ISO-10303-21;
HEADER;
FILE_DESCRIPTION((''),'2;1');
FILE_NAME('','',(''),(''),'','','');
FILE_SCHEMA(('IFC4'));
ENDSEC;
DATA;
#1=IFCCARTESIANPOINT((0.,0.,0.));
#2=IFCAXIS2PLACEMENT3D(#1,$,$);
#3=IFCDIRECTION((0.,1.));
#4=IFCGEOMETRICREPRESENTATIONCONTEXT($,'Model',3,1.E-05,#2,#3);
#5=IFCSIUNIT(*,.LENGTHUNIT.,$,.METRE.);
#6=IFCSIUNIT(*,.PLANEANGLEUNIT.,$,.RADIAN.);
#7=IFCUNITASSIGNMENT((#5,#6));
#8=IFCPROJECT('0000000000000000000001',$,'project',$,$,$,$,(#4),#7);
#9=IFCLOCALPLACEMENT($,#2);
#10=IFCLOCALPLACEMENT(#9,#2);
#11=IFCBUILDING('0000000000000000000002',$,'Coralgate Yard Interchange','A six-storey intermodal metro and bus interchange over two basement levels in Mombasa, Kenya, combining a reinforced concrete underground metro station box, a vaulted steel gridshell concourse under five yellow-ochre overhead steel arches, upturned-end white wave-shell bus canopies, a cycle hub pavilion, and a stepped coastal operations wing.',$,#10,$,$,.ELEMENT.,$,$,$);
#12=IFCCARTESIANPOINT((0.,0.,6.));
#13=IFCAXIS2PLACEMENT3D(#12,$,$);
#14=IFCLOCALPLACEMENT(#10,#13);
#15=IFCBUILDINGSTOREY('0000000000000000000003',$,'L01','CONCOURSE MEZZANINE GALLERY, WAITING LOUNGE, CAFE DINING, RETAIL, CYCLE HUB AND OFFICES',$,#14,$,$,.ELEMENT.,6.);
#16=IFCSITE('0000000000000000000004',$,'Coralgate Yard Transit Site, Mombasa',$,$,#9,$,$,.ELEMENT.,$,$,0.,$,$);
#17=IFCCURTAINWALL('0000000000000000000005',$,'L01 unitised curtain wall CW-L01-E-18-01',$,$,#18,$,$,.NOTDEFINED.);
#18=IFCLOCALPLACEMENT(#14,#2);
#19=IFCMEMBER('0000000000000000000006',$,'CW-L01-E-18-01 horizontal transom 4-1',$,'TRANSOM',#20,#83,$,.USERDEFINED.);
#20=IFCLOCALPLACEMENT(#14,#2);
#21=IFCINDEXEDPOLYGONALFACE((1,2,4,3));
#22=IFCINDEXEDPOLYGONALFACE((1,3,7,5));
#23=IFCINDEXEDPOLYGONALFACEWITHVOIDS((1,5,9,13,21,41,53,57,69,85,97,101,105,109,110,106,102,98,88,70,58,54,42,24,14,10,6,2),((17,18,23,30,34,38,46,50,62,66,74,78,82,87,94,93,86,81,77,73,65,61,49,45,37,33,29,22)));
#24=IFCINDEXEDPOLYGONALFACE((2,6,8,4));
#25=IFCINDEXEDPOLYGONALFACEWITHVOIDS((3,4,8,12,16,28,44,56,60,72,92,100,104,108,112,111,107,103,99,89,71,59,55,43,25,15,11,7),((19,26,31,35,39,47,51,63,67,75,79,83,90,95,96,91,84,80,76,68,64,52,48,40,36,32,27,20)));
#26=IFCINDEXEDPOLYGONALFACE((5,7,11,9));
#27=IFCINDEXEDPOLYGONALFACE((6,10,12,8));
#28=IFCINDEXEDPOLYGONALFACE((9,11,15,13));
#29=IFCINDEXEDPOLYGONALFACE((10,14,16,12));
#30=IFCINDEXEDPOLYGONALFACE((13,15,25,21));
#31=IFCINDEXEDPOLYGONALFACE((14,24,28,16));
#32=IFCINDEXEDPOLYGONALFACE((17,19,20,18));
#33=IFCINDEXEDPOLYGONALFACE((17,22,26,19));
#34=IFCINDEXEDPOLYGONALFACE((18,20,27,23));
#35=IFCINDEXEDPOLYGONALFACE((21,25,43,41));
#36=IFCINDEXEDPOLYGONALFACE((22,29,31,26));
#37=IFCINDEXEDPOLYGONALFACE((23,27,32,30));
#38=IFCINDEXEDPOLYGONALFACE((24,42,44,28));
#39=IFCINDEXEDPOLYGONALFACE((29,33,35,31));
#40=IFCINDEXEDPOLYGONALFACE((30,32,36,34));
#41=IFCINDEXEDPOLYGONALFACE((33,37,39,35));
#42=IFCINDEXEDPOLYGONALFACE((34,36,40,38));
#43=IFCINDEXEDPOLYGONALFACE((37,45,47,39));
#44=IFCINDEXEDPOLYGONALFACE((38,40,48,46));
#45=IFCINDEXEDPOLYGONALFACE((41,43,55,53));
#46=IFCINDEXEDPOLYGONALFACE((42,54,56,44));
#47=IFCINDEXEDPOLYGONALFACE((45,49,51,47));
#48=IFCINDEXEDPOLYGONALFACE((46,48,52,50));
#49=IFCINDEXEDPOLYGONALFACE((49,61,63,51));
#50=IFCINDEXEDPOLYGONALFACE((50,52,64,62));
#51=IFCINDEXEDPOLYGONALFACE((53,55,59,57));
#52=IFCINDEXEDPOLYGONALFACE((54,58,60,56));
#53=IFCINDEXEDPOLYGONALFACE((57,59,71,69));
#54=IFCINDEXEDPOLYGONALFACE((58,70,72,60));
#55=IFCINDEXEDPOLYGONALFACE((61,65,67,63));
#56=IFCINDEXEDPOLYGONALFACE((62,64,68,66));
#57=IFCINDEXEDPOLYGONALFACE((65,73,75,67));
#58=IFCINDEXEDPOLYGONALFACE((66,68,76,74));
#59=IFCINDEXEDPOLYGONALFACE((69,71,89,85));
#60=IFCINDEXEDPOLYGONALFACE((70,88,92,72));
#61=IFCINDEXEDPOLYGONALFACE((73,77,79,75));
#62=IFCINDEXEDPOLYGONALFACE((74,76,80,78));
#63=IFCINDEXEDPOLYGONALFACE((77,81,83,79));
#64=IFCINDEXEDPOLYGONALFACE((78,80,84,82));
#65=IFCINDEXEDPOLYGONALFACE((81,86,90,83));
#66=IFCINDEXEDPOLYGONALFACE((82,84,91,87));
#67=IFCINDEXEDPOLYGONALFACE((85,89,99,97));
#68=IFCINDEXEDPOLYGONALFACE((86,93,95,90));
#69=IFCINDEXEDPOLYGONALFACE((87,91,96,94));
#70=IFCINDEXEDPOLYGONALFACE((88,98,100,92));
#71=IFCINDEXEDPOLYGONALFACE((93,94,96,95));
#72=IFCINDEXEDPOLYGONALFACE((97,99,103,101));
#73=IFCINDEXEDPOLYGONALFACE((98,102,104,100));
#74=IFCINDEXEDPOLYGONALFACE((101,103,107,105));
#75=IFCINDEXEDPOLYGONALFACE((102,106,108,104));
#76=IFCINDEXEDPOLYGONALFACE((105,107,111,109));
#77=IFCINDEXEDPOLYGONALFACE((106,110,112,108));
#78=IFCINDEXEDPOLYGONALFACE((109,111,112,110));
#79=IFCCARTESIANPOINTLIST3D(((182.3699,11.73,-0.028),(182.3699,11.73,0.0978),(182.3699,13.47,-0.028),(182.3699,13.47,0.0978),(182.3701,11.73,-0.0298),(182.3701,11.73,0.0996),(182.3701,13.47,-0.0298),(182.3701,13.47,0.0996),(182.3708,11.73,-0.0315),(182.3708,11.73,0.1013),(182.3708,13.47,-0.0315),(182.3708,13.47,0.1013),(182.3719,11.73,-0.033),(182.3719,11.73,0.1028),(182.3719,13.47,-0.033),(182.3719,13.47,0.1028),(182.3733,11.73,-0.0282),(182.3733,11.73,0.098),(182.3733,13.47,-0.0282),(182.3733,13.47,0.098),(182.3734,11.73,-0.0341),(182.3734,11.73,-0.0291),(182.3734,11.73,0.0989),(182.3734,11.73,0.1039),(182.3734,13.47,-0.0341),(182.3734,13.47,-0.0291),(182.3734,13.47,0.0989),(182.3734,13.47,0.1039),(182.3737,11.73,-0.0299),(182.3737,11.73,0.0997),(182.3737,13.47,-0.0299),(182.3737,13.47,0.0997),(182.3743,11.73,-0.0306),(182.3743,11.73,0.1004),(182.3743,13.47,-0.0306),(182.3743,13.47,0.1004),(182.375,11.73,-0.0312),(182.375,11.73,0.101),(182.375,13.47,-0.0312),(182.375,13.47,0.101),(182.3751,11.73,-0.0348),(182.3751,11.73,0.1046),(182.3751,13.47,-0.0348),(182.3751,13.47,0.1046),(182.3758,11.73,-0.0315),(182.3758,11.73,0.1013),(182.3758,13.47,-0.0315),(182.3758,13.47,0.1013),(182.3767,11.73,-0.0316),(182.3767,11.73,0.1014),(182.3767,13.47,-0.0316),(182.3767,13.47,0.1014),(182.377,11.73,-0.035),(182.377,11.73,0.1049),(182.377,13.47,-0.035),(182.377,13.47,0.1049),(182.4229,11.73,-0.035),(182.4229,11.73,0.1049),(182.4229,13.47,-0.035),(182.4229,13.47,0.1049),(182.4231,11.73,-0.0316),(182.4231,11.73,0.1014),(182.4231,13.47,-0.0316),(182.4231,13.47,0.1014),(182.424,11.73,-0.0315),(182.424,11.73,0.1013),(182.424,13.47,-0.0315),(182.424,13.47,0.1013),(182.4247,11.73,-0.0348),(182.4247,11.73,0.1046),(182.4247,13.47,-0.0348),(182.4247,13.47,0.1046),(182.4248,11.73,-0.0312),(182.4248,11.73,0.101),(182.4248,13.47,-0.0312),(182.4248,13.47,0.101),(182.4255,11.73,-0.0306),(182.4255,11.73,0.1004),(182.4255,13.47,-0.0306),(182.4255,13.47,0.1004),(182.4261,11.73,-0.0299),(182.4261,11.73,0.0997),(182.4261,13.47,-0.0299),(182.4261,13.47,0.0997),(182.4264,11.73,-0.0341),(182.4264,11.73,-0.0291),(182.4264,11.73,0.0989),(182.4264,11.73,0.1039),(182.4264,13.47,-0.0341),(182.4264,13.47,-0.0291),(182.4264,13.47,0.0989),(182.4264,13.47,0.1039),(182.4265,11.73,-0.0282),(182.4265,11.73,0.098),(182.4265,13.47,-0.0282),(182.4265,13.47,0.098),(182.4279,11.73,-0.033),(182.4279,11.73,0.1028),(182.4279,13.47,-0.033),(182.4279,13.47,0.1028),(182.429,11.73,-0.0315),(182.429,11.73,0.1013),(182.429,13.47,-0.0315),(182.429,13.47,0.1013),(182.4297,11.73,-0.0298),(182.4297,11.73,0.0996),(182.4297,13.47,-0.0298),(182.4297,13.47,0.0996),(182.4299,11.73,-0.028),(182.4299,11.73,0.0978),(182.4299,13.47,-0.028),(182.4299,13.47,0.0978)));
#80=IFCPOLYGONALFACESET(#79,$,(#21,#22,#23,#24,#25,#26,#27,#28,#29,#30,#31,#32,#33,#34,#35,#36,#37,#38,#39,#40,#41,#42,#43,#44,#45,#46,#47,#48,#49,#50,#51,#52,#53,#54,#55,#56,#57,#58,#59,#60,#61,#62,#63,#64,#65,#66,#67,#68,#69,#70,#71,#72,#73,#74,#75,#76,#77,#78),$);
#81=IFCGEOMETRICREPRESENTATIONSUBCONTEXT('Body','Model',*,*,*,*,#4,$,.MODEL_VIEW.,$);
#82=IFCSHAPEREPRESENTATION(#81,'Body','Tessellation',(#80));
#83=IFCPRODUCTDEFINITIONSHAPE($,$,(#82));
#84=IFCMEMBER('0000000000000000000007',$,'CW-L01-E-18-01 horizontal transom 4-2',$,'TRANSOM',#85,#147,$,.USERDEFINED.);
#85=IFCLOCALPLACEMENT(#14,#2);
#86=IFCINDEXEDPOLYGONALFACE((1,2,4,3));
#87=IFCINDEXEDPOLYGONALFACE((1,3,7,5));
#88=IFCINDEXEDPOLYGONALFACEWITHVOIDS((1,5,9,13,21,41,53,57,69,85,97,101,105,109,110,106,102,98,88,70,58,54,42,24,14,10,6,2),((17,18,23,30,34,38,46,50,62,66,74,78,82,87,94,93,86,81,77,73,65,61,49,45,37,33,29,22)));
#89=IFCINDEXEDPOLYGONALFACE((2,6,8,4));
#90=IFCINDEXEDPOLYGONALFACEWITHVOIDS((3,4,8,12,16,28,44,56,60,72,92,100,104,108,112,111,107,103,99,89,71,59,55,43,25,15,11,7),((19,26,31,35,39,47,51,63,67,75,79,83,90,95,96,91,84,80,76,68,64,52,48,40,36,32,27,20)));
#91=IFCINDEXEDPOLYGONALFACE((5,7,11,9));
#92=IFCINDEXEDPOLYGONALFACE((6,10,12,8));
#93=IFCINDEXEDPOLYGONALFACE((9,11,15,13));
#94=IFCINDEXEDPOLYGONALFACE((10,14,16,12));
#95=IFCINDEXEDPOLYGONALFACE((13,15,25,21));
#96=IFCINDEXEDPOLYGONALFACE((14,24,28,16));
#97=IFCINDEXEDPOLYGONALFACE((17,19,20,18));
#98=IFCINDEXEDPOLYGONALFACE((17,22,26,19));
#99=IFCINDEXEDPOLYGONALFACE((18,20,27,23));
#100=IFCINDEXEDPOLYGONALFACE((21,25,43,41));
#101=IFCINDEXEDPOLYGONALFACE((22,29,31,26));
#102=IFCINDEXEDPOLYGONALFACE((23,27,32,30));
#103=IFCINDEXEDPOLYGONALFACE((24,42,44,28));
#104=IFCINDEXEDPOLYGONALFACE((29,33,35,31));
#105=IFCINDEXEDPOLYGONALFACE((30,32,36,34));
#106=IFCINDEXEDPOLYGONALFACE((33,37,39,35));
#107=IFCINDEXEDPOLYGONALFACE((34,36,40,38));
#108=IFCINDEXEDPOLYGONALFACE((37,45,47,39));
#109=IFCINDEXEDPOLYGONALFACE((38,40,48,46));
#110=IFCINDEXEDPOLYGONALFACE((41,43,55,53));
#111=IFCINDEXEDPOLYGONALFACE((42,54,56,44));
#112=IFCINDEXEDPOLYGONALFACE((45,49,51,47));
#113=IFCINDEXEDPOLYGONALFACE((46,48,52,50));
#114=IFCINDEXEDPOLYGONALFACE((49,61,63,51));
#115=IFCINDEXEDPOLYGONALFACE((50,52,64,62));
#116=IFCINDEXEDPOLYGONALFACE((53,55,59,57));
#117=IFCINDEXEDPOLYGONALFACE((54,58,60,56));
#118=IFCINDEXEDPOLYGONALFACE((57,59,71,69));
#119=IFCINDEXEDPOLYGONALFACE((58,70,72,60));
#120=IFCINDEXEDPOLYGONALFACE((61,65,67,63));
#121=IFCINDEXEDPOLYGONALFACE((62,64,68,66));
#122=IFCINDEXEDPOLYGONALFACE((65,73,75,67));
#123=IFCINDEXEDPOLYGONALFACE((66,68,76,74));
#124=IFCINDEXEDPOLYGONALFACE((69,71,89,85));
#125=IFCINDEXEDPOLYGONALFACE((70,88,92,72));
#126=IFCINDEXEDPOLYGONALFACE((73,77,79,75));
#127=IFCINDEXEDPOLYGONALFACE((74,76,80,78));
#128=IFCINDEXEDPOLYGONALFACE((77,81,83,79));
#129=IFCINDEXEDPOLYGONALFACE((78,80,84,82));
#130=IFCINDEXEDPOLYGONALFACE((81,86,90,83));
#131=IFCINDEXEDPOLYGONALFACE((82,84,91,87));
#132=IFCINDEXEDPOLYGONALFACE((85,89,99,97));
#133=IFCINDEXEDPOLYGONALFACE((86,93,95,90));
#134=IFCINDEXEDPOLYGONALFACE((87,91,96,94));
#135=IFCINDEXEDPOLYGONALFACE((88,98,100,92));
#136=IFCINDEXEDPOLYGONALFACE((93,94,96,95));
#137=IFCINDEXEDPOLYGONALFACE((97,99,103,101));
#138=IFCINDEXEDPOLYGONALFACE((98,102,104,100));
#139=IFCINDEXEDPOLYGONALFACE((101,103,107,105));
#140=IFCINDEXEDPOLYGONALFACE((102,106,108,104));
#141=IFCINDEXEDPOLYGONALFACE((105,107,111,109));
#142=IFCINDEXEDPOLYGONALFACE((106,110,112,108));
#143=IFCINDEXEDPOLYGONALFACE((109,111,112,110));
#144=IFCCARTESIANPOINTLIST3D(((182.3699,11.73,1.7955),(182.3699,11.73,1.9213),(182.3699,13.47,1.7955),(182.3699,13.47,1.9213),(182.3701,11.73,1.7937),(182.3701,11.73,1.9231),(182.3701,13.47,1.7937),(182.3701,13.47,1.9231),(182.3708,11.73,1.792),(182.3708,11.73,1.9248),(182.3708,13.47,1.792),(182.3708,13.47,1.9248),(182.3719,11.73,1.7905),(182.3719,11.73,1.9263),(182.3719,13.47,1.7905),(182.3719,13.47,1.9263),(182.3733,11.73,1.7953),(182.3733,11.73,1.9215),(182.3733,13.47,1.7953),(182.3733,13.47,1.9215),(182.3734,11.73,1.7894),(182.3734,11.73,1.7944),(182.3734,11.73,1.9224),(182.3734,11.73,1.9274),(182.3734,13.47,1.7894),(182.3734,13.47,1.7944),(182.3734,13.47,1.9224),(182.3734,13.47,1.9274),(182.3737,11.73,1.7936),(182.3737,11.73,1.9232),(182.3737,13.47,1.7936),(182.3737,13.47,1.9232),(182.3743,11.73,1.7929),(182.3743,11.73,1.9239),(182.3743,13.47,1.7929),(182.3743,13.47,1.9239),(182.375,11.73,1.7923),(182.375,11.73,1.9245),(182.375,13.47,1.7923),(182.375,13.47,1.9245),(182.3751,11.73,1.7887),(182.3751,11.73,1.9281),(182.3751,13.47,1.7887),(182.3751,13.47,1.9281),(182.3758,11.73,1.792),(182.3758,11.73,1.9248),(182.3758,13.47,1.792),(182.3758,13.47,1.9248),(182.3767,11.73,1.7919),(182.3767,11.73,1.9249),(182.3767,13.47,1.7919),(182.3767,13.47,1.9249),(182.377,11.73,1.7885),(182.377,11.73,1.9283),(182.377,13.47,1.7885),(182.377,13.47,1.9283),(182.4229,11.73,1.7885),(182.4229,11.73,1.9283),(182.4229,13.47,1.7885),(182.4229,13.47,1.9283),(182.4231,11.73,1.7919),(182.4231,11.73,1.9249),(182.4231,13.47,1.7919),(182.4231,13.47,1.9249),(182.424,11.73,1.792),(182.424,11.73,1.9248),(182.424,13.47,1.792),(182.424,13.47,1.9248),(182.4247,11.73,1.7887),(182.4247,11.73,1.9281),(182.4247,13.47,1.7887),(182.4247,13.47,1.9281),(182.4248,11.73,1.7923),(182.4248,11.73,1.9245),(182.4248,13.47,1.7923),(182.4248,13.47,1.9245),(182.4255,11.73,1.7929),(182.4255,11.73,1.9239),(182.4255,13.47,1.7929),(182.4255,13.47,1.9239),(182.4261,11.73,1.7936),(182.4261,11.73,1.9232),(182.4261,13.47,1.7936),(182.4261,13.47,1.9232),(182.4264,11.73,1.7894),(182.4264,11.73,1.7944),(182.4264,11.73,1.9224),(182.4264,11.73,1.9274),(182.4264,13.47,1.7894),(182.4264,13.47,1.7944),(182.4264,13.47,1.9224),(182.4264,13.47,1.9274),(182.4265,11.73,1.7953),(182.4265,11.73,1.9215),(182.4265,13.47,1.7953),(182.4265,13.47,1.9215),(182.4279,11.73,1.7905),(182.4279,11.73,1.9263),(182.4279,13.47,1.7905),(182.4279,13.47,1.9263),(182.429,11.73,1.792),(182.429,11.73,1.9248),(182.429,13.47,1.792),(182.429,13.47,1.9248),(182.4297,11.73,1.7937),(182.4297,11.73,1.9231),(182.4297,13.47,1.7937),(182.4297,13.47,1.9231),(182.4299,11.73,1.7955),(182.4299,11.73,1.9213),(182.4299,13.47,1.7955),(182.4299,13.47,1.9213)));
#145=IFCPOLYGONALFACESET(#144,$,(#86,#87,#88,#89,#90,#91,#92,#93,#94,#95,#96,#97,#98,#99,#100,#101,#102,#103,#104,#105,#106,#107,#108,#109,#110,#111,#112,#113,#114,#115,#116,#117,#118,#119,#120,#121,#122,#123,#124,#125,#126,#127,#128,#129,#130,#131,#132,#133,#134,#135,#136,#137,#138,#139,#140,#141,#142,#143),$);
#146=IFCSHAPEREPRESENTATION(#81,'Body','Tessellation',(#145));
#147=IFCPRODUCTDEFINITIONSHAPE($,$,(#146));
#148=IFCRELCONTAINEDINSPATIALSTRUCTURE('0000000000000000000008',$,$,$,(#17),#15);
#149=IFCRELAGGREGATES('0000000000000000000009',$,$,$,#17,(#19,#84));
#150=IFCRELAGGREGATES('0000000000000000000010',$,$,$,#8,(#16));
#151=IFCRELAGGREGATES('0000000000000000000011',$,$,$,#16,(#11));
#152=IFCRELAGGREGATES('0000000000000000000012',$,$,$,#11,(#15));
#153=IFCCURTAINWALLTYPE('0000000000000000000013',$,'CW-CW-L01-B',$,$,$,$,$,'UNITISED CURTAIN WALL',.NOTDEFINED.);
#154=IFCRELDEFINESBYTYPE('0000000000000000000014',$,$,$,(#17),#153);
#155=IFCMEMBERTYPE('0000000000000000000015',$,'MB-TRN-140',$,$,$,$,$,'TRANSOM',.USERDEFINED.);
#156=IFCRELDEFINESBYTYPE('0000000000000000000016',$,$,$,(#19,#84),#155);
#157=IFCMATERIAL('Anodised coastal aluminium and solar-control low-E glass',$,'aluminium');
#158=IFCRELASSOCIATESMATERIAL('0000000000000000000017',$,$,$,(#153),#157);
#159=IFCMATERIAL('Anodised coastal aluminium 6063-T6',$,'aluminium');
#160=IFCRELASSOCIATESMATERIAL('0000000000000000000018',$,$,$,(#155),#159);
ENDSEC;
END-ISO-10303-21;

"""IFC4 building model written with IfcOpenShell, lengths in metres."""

from ifc_helpers import new_model, si_unit, direction, frame, origin, origin_2d, place, context, subcontext, project, spatial, hollow_rectangle, extrude, material, material_profile, profile_set, type_object, element, aggregate, save


model = new_model("IFC4")

# Units and contexts
model_context = context("Model", 3, precision=1e-05, world=origin(), true_north=direction((0.0, 1.0)))
body_context = subcontext(model_context, "Body", "Model", "MODEL_VIEW")
ifc_project = project(units=[si_unit("LENGTHUNIT", "METRE"), si_unit("PLANEANGLEUNIT", "RADIAN")], contexts=[model_context])

# Site, building, storey
site_placement = place(None, origin())
site = spatial("IfcSite", under=ifc_project, at=site_placement, Name="Coralgate Yard Transit Site, Mombasa", CompositionType="ELEMENT", RefElevation=0.0)
building_placement = place(site_placement, origin())
building = spatial("IfcBuilding", under=site, at=building_placement, Name="Coralgate Yard Interchange", Description="A six-storey intermodal metro and bus interchange over two basement levels in Mombasa, Kenya, combining a reinforced concrete underground metro station box, a vaulted steel gridshell concourse under five yellow-ochre overhead steel arches, upturned-end white wave-shell bus canopies, a cycle hub pavilion, and a stepped coastal operations wing.", CompositionType="ELEMENT")
storey_placement = place(building_placement, frame((0.0, 0.0, 6.0)))
storey = spatial("IfcBuildingStorey", under=building, at=storey_placement, Name="L01", Description="CONCOURSE MEZZANINE GALLERY, WAITING LOUNGE, CAFE DINING, RETAIL, CYCLE HUB AND OFFICES", CompositionType="ELEMENT", Elevation=6.0)

# Curtain wall, members
ifc_material_1 = material(Name="Anodised coastal aluminium and solar-control low-E glass", Category="aluminium")
curtain_wall_type = type_object("IfcCurtainWallType", Name="CW-CW-L01-B", ElementType="UNITISED CURTAIN WALL", PredefinedType="NOTDEFINED", material=ifc_material_1)
curtain_wall_placement = place(storey_placement, origin())
curtain_wall = element("IfcCurtainWall", 1, at=curtain_wall_placement, inside=storey, type_object=curtain_wall_type, Name="L01 unitised curtain wall CW-L01-E-18-01", PredefinedType="NOTDEFINED")
ifc_material_2 = material(Name="Anodised coastal aluminium 6063-T6", Category="aluminium")
ifc_material_profile_1 = material_profile(ifc_material_2, hollow_rectangle(XDim=0.0601, YDim=0.1399, WallThickness=0.0034, InnerFilletRadius=0.0034, OuterFilletRadius=0.0071, at=origin_2d()), Name="ALU 60x140x3.5")
ifc_profile_set_1 = profile_set([ifc_material_profile_1], Name="Anodised coastal aluminium 6063-T6")
member_type_1 = type_object("IfcMemberType", Name="MB-TRN-140", ElementType="TRANSOM", PredefinedType="USERDEFINED", material=ifc_profile_set_1)
member_1_placement = place(storey_placement, frame((182.3999, 13.47, 0.0349), z_axis=(0.0, -1.0, 0.0), x_axis=(1.0, 0.0, 0.0)))
member_1 = element("IfcMember", 2, at=member_1_placement, type_object=member_type_1, Name="CW-L01-E-18-01 horizontal transom 4-1", ObjectType="TRANSOM", PredefinedType="USERDEFINED", context=body_context, shape_type="SweptSolid", body=[
    extrude(hollow_rectangle(XDim=0.0601, YDim=0.1399, WallThickness=0.0034, InnerFilletRadius=0.0034, OuterFilletRadius=0.0071, at=origin_2d()), origin(), (0.0, 0.0, 1.0), 1.74),
])
member_2_placement = place(storey_placement, frame((182.3999, 13.47, 1.8584), z_axis=(0.0, -1.0, 0.0), x_axis=(1.0, 0.0, 0.0)))
member_2 = element("IfcMember", 3, at=member_2_placement, type_object=member_type_1, Name="CW-L01-E-18-01 horizontal transom 4-2", ObjectType="TRANSOM", PredefinedType="USERDEFINED", context=body_context, shape_type="SweptSolid", body=[
    extrude(hollow_rectangle(XDim=0.0601, YDim=0.1399, WallThickness=0.0034, InnerFilletRadius=0.0034, OuterFilletRadius=0.0071, at=origin_2d()), origin(), (0.0, 0.0, 1.0), 1.74),
])
aggregate(curtain_wall, [member_1, member_2])

save(model, "model.ifc")
